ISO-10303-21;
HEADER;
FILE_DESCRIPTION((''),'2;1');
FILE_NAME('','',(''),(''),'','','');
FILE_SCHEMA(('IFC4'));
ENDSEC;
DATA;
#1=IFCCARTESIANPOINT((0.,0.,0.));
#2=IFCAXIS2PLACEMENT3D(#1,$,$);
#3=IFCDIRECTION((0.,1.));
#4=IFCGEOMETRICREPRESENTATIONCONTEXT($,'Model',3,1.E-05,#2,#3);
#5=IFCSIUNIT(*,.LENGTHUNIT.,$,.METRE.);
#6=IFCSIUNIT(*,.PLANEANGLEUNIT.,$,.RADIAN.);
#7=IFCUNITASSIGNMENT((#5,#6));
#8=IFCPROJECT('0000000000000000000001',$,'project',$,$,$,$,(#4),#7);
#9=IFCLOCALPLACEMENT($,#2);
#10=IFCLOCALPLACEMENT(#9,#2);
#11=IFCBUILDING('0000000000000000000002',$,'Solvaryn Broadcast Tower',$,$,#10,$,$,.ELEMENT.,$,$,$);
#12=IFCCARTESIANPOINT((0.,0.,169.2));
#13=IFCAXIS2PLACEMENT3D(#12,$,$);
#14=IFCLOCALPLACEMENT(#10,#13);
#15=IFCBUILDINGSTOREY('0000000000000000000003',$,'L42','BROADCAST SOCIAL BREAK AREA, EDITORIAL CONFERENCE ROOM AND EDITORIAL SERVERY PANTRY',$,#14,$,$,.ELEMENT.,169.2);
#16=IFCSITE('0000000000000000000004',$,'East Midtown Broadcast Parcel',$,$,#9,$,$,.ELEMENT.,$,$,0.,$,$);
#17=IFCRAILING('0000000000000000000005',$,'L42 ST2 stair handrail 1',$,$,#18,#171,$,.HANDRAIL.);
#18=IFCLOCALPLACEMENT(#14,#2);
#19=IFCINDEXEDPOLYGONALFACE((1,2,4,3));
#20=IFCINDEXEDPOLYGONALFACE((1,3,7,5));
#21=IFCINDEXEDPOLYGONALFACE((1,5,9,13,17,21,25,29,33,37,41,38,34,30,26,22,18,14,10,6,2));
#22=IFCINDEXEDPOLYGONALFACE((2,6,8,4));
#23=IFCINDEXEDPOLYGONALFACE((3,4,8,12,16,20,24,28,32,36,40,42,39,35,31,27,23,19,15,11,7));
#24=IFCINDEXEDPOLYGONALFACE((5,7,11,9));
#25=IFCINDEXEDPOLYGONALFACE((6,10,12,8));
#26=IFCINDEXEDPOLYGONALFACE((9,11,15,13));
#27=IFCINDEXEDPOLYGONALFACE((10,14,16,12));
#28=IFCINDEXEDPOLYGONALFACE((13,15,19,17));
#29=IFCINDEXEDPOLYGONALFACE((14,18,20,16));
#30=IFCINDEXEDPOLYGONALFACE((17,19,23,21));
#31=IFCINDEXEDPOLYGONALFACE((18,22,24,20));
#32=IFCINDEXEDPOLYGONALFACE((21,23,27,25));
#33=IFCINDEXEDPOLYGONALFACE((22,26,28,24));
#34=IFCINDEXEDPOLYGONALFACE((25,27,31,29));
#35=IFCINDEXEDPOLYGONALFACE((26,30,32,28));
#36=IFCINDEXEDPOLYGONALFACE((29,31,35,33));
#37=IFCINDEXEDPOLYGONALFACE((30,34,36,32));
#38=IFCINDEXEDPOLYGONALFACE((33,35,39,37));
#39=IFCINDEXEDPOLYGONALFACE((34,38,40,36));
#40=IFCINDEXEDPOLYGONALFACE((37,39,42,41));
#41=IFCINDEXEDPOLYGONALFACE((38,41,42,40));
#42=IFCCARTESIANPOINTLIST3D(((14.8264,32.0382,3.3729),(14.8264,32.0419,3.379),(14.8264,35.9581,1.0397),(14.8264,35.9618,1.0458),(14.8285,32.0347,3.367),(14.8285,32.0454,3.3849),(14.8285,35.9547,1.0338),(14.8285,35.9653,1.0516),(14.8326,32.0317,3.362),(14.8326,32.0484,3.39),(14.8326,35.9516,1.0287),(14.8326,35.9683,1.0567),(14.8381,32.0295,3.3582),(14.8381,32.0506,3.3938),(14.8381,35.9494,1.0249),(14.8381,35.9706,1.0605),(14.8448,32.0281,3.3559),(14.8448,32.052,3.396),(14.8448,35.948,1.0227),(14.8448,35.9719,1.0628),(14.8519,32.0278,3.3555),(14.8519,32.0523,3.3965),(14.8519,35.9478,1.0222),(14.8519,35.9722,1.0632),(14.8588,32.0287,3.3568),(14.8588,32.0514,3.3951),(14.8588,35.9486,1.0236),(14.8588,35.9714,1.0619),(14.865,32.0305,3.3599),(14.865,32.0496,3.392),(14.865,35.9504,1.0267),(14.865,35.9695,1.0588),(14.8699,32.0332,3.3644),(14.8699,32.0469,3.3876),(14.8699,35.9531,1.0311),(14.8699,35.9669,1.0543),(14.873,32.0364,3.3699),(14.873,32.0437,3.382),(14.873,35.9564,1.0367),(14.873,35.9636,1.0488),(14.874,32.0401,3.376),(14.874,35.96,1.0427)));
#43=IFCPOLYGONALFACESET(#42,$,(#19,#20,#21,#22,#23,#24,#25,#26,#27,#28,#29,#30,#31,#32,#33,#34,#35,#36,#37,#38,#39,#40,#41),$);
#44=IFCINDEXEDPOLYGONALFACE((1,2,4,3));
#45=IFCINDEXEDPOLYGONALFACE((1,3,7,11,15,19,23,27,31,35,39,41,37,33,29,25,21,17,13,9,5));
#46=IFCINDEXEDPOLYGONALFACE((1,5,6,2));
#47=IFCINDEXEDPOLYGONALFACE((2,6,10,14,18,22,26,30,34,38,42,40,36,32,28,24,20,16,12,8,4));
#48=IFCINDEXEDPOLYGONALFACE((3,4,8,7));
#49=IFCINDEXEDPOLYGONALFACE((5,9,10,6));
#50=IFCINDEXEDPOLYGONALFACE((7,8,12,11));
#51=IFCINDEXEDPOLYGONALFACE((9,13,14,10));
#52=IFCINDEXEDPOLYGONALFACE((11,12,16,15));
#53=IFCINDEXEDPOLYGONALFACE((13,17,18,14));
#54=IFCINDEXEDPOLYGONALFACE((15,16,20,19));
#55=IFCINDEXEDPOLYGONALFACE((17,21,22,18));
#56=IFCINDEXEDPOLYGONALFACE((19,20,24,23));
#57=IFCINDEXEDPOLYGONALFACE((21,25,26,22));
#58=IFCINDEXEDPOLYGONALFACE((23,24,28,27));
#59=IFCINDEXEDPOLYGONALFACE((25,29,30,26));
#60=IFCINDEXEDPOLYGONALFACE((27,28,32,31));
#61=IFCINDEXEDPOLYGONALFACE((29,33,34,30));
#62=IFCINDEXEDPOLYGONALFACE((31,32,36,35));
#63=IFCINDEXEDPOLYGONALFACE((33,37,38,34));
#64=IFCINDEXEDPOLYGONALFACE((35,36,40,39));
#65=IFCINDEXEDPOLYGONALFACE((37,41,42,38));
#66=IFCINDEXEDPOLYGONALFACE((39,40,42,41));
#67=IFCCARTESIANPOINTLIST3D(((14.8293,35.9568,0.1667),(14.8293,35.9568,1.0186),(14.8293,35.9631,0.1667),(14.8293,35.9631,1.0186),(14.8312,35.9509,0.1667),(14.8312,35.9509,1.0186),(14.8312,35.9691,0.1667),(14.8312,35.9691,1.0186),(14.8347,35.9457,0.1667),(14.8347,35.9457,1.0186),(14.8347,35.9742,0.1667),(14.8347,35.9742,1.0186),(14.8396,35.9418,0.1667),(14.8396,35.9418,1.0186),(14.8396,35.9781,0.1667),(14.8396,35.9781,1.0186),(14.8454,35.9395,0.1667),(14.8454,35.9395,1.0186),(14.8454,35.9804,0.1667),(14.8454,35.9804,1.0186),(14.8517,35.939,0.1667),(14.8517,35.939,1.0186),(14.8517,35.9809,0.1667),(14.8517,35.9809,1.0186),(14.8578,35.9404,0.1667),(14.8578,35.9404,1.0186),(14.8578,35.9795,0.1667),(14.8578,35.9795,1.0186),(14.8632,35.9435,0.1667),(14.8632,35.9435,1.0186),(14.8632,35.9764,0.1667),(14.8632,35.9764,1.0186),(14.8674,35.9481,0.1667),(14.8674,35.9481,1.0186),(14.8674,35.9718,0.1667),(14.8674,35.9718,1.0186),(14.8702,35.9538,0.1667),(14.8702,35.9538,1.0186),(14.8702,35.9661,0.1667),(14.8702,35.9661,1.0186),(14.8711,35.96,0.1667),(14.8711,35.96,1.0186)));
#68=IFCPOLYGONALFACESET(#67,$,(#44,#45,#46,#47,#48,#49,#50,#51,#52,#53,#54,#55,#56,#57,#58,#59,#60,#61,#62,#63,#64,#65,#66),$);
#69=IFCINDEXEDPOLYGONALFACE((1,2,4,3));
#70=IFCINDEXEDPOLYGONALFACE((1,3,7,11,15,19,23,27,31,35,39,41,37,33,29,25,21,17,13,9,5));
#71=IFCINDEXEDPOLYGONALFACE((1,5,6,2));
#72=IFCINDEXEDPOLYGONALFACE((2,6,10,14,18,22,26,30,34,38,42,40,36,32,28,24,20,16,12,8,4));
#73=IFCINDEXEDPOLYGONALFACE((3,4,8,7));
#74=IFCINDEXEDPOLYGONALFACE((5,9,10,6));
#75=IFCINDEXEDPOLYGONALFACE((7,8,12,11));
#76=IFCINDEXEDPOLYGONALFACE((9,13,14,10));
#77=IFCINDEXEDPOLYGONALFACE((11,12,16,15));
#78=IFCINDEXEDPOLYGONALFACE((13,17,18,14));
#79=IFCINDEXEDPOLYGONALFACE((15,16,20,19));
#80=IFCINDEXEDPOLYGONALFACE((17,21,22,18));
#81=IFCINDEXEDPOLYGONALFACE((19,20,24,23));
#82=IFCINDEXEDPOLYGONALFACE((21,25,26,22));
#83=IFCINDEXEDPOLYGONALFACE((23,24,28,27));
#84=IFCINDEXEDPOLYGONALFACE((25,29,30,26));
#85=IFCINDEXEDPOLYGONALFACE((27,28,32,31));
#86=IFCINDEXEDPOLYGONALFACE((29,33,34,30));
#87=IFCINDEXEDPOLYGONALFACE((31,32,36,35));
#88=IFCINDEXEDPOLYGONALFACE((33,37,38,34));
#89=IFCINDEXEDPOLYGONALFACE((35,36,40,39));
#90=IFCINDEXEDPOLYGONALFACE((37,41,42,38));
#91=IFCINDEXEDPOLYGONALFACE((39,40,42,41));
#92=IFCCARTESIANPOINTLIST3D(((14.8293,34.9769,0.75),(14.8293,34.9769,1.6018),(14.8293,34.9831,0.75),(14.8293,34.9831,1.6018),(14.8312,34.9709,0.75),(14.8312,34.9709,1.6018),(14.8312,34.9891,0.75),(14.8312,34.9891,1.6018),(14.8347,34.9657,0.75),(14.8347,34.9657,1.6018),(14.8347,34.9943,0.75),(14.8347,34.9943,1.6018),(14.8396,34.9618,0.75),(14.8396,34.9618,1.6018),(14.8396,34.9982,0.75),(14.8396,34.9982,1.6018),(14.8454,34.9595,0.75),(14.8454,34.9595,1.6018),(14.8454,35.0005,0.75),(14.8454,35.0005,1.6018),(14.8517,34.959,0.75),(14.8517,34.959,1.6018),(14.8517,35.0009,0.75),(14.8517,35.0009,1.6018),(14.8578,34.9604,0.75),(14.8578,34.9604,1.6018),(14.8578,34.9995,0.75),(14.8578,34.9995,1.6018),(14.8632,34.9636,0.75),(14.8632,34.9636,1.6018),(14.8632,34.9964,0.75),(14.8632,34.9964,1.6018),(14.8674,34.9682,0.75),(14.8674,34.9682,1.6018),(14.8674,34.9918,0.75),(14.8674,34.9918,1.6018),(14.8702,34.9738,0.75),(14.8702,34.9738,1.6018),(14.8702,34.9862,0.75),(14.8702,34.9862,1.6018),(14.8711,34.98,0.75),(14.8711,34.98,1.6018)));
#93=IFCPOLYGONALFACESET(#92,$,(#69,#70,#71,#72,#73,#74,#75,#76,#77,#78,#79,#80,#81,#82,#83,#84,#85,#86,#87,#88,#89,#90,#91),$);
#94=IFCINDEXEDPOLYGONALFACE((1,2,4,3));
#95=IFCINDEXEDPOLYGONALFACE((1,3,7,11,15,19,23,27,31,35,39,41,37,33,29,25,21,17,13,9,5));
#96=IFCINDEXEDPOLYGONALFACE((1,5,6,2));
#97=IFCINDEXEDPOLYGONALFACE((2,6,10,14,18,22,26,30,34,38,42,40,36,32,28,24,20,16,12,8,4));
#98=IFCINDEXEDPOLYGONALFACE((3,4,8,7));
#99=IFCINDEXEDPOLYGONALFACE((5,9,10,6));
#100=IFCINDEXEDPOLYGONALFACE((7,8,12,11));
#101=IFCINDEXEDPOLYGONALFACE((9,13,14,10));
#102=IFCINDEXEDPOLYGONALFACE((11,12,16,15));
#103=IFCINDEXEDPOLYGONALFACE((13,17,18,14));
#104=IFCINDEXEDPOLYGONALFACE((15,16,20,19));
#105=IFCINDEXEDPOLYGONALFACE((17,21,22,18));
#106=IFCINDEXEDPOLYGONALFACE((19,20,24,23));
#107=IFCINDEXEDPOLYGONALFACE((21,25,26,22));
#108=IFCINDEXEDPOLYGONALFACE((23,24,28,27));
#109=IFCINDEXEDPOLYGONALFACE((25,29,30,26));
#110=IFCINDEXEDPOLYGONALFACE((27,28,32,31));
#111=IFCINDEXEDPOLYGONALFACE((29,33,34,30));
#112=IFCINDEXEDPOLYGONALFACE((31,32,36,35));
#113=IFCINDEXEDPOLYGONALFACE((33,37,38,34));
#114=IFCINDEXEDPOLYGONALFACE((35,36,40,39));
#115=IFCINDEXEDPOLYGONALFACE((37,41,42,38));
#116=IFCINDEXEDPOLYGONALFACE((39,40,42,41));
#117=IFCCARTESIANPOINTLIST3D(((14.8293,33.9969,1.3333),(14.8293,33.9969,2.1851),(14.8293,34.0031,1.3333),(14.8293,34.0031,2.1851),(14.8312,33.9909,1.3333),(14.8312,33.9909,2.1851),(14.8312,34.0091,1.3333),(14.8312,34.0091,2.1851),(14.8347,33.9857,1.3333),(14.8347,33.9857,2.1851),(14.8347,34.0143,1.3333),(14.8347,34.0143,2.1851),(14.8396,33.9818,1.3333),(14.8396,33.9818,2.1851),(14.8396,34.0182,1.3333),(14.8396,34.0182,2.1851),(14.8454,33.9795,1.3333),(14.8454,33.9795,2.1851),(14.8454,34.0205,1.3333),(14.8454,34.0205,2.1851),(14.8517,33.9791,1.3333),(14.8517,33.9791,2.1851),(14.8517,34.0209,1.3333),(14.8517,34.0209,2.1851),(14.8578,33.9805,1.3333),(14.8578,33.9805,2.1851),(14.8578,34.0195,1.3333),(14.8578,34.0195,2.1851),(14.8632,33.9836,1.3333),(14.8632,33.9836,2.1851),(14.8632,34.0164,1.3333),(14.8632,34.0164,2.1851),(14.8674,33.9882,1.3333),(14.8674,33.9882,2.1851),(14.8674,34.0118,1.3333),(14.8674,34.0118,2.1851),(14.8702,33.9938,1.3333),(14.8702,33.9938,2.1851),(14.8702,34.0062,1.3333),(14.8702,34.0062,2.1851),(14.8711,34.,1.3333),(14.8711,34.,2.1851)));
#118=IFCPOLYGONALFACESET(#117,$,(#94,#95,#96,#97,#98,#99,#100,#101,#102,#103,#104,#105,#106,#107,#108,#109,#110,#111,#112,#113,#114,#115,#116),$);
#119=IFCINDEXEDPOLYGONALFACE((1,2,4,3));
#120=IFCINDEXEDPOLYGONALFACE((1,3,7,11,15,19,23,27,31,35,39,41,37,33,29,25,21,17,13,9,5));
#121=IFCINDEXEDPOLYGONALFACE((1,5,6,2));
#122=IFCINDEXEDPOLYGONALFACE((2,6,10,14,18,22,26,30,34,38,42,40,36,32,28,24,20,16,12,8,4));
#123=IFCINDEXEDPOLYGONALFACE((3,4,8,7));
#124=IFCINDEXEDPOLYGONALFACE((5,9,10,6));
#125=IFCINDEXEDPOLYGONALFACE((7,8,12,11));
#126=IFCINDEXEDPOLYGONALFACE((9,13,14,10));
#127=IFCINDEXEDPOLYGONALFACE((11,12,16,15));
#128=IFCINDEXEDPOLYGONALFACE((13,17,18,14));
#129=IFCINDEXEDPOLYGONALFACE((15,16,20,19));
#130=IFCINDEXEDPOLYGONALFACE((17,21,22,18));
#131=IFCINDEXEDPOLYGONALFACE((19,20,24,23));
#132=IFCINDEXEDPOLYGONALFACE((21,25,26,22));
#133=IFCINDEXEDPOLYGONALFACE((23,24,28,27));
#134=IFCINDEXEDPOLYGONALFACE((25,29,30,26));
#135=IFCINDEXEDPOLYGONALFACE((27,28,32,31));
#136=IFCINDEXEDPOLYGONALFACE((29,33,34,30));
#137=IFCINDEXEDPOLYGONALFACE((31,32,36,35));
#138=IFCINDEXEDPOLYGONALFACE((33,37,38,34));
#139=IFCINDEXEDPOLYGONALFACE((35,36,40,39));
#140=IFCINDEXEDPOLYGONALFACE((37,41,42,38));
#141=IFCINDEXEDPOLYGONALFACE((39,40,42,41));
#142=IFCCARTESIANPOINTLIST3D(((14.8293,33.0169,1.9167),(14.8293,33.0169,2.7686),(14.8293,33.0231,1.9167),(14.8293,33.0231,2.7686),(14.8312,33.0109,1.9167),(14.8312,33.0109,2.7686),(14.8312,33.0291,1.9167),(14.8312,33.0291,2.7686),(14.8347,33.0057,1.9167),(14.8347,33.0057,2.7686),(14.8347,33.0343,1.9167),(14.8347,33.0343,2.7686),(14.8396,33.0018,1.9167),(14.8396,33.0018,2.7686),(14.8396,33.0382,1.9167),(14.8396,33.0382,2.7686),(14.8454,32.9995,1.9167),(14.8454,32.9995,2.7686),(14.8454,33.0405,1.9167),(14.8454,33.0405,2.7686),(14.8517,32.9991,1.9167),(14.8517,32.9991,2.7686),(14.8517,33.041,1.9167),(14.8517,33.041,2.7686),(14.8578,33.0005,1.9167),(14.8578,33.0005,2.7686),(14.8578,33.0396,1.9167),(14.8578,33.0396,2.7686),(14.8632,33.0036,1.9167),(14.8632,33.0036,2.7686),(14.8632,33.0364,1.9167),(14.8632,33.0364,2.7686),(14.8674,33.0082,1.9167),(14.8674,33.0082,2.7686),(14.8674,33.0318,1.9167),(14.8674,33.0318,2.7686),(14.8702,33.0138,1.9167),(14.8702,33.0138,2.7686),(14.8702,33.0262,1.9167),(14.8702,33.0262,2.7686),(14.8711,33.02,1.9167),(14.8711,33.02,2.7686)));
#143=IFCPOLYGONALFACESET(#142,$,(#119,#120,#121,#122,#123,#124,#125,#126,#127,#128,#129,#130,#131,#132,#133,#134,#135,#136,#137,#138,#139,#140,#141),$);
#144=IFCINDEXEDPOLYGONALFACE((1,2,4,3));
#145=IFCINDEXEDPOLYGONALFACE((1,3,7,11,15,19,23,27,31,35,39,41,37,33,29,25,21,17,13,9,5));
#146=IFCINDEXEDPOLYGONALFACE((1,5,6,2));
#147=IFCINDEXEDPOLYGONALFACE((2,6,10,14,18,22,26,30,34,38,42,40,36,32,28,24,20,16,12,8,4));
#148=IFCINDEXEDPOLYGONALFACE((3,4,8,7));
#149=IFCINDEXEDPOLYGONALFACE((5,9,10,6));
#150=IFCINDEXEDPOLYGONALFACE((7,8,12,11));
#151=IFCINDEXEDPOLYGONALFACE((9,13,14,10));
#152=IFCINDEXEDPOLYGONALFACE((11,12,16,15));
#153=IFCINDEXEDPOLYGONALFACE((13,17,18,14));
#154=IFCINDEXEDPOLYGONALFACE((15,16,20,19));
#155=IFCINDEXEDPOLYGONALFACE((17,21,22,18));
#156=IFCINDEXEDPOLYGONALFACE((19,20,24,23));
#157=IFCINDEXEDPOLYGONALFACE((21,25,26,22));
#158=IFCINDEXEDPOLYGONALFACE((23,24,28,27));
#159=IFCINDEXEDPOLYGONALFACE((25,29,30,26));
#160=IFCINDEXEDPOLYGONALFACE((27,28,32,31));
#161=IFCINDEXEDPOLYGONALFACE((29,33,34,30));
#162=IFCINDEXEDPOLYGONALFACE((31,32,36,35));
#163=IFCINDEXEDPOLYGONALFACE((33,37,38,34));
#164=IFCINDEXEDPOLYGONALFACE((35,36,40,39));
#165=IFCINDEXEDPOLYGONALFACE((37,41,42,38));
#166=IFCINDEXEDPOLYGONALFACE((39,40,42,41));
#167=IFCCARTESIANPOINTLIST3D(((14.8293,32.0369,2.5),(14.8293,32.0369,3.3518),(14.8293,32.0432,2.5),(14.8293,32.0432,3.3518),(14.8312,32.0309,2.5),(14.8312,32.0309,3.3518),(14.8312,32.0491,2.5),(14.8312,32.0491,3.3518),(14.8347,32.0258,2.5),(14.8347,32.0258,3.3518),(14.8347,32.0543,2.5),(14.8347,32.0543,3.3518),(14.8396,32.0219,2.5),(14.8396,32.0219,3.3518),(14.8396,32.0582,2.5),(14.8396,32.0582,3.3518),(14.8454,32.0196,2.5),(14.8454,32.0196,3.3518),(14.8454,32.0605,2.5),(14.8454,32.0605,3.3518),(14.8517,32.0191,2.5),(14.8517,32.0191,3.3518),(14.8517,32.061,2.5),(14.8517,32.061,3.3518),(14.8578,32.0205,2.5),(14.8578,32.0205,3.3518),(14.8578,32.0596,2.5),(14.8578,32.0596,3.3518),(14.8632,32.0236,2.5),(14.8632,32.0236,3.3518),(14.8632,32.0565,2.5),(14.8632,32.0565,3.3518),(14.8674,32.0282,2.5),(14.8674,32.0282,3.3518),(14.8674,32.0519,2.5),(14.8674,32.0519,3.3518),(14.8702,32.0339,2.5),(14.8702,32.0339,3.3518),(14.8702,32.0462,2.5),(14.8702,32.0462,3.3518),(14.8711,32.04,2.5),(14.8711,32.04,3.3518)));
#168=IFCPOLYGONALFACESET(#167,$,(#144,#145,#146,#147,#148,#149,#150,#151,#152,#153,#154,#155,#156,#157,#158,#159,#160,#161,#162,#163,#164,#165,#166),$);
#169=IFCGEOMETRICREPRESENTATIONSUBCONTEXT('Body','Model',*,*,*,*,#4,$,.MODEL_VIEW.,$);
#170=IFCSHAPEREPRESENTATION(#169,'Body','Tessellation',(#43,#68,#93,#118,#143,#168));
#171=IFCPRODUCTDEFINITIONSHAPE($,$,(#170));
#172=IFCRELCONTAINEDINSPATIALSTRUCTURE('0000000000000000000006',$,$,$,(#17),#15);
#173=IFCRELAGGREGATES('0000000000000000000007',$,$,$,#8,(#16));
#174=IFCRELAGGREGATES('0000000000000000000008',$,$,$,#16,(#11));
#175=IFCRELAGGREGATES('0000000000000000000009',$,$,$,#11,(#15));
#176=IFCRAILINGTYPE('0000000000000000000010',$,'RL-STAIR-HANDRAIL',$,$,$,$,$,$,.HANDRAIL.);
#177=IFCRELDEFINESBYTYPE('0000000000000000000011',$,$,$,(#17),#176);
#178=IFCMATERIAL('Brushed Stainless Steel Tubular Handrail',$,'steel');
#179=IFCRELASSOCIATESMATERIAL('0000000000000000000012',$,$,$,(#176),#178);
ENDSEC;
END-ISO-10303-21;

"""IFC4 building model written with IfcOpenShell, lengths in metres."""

from ifc_helpers import new_model, si_unit, direction, frame, origin, origin_2d, place, context, subcontext, project, spatial, circle, extrude, material, type_object, element, save


model = new_model("IFC4")

# Units and contexts
model_context = context("Model", 3, precision=1e-05, world=origin(), true_north=direction((0.0, 1.0)))
body_context = subcontext(model_context, "Body", "Model", "MODEL_VIEW")
ifc_project = project(units=[si_unit("LENGTHUNIT", "METRE"), si_unit("PLANEANGLEUNIT", "RADIAN")], contexts=[model_context])

# Site, building, storey
site_placement = place(None, origin())
site = spatial("IfcSite", under=ifc_project, at=site_placement, Name="East Midtown Broadcast Parcel", CompositionType="ELEMENT", RefElevation=0.0)
building_placement = place(site_placement, origin())
building = spatial("IfcBuilding", under=site, at=building_placement, Name="Solvaryn Broadcast Tower", CompositionType="ELEMENT")
storey_placement = place(building_placement, frame((0.0, 0.0, 169.2)))
storey = spatial("IfcBuildingStorey", under=building, at=storey_placement, Name="L42", Description="BROADCAST SOCIAL BREAK AREA, EDITORIAL CONFERENCE ROOM AND EDITORIAL SERVERY PANTRY", CompositionType="ELEMENT", Elevation=169.2)

# Railing
ifc_material_1 = material(Name="Brushed Stainless Steel Tubular Handrail", Category="steel")
railing_type_1 = type_object("IfcRailingType", Name="RL-STAIR-HANDRAIL", PredefinedType="HANDRAIL", material=ifc_material_1)
railing_1_placement = place(storey_placement, frame((14.8501, 35.96, 0.1667)))
element("IfcRailing", 1, at=railing_1_placement, inside=storey, type_object=railing_type_1, Name="L42 ST2 stair handrail 1", PredefinedType="HANDRAIL", context=body_context, shape_type="SweptSolid", body=[
    extrude(circle(Radius=0.0239, at=origin_2d()), frame((0.0, 0.0, 0.876), z_axis=(0.0, -0.859296, 0.511478), x_axis=(1.0, 0.0, 0.0)), (0.0, 0.0, 1.0), 4.5618),
    extrude(circle(Radius=0.021, at=origin_2d()), origin(), (0.0, 0.0, 1.0), 0.8518),
    extrude(circle(Radius=0.021, at=origin_2d()), frame((0.0, -0.98, 0.5833)), (0.0, 0.0, 1.0), 0.8518),
    extrude(circle(Radius=0.021, at=origin_2d()), frame((0.0, -1.96, 1.1665)), (0.0, 0.0, 1.0), 0.8518),
    extrude(circle(Radius=0.021, at=origin_2d()), frame((0.0, -2.9399, 1.75)), (0.0, 0.0, 1.0), 0.8518),
    extrude(circle(Radius=0.021, at=origin_2d()), frame((0.0, -3.9199, 2.3333)), (0.0, 0.0, 1.0), 0.8518),
])

save(model, "model.ifc")
